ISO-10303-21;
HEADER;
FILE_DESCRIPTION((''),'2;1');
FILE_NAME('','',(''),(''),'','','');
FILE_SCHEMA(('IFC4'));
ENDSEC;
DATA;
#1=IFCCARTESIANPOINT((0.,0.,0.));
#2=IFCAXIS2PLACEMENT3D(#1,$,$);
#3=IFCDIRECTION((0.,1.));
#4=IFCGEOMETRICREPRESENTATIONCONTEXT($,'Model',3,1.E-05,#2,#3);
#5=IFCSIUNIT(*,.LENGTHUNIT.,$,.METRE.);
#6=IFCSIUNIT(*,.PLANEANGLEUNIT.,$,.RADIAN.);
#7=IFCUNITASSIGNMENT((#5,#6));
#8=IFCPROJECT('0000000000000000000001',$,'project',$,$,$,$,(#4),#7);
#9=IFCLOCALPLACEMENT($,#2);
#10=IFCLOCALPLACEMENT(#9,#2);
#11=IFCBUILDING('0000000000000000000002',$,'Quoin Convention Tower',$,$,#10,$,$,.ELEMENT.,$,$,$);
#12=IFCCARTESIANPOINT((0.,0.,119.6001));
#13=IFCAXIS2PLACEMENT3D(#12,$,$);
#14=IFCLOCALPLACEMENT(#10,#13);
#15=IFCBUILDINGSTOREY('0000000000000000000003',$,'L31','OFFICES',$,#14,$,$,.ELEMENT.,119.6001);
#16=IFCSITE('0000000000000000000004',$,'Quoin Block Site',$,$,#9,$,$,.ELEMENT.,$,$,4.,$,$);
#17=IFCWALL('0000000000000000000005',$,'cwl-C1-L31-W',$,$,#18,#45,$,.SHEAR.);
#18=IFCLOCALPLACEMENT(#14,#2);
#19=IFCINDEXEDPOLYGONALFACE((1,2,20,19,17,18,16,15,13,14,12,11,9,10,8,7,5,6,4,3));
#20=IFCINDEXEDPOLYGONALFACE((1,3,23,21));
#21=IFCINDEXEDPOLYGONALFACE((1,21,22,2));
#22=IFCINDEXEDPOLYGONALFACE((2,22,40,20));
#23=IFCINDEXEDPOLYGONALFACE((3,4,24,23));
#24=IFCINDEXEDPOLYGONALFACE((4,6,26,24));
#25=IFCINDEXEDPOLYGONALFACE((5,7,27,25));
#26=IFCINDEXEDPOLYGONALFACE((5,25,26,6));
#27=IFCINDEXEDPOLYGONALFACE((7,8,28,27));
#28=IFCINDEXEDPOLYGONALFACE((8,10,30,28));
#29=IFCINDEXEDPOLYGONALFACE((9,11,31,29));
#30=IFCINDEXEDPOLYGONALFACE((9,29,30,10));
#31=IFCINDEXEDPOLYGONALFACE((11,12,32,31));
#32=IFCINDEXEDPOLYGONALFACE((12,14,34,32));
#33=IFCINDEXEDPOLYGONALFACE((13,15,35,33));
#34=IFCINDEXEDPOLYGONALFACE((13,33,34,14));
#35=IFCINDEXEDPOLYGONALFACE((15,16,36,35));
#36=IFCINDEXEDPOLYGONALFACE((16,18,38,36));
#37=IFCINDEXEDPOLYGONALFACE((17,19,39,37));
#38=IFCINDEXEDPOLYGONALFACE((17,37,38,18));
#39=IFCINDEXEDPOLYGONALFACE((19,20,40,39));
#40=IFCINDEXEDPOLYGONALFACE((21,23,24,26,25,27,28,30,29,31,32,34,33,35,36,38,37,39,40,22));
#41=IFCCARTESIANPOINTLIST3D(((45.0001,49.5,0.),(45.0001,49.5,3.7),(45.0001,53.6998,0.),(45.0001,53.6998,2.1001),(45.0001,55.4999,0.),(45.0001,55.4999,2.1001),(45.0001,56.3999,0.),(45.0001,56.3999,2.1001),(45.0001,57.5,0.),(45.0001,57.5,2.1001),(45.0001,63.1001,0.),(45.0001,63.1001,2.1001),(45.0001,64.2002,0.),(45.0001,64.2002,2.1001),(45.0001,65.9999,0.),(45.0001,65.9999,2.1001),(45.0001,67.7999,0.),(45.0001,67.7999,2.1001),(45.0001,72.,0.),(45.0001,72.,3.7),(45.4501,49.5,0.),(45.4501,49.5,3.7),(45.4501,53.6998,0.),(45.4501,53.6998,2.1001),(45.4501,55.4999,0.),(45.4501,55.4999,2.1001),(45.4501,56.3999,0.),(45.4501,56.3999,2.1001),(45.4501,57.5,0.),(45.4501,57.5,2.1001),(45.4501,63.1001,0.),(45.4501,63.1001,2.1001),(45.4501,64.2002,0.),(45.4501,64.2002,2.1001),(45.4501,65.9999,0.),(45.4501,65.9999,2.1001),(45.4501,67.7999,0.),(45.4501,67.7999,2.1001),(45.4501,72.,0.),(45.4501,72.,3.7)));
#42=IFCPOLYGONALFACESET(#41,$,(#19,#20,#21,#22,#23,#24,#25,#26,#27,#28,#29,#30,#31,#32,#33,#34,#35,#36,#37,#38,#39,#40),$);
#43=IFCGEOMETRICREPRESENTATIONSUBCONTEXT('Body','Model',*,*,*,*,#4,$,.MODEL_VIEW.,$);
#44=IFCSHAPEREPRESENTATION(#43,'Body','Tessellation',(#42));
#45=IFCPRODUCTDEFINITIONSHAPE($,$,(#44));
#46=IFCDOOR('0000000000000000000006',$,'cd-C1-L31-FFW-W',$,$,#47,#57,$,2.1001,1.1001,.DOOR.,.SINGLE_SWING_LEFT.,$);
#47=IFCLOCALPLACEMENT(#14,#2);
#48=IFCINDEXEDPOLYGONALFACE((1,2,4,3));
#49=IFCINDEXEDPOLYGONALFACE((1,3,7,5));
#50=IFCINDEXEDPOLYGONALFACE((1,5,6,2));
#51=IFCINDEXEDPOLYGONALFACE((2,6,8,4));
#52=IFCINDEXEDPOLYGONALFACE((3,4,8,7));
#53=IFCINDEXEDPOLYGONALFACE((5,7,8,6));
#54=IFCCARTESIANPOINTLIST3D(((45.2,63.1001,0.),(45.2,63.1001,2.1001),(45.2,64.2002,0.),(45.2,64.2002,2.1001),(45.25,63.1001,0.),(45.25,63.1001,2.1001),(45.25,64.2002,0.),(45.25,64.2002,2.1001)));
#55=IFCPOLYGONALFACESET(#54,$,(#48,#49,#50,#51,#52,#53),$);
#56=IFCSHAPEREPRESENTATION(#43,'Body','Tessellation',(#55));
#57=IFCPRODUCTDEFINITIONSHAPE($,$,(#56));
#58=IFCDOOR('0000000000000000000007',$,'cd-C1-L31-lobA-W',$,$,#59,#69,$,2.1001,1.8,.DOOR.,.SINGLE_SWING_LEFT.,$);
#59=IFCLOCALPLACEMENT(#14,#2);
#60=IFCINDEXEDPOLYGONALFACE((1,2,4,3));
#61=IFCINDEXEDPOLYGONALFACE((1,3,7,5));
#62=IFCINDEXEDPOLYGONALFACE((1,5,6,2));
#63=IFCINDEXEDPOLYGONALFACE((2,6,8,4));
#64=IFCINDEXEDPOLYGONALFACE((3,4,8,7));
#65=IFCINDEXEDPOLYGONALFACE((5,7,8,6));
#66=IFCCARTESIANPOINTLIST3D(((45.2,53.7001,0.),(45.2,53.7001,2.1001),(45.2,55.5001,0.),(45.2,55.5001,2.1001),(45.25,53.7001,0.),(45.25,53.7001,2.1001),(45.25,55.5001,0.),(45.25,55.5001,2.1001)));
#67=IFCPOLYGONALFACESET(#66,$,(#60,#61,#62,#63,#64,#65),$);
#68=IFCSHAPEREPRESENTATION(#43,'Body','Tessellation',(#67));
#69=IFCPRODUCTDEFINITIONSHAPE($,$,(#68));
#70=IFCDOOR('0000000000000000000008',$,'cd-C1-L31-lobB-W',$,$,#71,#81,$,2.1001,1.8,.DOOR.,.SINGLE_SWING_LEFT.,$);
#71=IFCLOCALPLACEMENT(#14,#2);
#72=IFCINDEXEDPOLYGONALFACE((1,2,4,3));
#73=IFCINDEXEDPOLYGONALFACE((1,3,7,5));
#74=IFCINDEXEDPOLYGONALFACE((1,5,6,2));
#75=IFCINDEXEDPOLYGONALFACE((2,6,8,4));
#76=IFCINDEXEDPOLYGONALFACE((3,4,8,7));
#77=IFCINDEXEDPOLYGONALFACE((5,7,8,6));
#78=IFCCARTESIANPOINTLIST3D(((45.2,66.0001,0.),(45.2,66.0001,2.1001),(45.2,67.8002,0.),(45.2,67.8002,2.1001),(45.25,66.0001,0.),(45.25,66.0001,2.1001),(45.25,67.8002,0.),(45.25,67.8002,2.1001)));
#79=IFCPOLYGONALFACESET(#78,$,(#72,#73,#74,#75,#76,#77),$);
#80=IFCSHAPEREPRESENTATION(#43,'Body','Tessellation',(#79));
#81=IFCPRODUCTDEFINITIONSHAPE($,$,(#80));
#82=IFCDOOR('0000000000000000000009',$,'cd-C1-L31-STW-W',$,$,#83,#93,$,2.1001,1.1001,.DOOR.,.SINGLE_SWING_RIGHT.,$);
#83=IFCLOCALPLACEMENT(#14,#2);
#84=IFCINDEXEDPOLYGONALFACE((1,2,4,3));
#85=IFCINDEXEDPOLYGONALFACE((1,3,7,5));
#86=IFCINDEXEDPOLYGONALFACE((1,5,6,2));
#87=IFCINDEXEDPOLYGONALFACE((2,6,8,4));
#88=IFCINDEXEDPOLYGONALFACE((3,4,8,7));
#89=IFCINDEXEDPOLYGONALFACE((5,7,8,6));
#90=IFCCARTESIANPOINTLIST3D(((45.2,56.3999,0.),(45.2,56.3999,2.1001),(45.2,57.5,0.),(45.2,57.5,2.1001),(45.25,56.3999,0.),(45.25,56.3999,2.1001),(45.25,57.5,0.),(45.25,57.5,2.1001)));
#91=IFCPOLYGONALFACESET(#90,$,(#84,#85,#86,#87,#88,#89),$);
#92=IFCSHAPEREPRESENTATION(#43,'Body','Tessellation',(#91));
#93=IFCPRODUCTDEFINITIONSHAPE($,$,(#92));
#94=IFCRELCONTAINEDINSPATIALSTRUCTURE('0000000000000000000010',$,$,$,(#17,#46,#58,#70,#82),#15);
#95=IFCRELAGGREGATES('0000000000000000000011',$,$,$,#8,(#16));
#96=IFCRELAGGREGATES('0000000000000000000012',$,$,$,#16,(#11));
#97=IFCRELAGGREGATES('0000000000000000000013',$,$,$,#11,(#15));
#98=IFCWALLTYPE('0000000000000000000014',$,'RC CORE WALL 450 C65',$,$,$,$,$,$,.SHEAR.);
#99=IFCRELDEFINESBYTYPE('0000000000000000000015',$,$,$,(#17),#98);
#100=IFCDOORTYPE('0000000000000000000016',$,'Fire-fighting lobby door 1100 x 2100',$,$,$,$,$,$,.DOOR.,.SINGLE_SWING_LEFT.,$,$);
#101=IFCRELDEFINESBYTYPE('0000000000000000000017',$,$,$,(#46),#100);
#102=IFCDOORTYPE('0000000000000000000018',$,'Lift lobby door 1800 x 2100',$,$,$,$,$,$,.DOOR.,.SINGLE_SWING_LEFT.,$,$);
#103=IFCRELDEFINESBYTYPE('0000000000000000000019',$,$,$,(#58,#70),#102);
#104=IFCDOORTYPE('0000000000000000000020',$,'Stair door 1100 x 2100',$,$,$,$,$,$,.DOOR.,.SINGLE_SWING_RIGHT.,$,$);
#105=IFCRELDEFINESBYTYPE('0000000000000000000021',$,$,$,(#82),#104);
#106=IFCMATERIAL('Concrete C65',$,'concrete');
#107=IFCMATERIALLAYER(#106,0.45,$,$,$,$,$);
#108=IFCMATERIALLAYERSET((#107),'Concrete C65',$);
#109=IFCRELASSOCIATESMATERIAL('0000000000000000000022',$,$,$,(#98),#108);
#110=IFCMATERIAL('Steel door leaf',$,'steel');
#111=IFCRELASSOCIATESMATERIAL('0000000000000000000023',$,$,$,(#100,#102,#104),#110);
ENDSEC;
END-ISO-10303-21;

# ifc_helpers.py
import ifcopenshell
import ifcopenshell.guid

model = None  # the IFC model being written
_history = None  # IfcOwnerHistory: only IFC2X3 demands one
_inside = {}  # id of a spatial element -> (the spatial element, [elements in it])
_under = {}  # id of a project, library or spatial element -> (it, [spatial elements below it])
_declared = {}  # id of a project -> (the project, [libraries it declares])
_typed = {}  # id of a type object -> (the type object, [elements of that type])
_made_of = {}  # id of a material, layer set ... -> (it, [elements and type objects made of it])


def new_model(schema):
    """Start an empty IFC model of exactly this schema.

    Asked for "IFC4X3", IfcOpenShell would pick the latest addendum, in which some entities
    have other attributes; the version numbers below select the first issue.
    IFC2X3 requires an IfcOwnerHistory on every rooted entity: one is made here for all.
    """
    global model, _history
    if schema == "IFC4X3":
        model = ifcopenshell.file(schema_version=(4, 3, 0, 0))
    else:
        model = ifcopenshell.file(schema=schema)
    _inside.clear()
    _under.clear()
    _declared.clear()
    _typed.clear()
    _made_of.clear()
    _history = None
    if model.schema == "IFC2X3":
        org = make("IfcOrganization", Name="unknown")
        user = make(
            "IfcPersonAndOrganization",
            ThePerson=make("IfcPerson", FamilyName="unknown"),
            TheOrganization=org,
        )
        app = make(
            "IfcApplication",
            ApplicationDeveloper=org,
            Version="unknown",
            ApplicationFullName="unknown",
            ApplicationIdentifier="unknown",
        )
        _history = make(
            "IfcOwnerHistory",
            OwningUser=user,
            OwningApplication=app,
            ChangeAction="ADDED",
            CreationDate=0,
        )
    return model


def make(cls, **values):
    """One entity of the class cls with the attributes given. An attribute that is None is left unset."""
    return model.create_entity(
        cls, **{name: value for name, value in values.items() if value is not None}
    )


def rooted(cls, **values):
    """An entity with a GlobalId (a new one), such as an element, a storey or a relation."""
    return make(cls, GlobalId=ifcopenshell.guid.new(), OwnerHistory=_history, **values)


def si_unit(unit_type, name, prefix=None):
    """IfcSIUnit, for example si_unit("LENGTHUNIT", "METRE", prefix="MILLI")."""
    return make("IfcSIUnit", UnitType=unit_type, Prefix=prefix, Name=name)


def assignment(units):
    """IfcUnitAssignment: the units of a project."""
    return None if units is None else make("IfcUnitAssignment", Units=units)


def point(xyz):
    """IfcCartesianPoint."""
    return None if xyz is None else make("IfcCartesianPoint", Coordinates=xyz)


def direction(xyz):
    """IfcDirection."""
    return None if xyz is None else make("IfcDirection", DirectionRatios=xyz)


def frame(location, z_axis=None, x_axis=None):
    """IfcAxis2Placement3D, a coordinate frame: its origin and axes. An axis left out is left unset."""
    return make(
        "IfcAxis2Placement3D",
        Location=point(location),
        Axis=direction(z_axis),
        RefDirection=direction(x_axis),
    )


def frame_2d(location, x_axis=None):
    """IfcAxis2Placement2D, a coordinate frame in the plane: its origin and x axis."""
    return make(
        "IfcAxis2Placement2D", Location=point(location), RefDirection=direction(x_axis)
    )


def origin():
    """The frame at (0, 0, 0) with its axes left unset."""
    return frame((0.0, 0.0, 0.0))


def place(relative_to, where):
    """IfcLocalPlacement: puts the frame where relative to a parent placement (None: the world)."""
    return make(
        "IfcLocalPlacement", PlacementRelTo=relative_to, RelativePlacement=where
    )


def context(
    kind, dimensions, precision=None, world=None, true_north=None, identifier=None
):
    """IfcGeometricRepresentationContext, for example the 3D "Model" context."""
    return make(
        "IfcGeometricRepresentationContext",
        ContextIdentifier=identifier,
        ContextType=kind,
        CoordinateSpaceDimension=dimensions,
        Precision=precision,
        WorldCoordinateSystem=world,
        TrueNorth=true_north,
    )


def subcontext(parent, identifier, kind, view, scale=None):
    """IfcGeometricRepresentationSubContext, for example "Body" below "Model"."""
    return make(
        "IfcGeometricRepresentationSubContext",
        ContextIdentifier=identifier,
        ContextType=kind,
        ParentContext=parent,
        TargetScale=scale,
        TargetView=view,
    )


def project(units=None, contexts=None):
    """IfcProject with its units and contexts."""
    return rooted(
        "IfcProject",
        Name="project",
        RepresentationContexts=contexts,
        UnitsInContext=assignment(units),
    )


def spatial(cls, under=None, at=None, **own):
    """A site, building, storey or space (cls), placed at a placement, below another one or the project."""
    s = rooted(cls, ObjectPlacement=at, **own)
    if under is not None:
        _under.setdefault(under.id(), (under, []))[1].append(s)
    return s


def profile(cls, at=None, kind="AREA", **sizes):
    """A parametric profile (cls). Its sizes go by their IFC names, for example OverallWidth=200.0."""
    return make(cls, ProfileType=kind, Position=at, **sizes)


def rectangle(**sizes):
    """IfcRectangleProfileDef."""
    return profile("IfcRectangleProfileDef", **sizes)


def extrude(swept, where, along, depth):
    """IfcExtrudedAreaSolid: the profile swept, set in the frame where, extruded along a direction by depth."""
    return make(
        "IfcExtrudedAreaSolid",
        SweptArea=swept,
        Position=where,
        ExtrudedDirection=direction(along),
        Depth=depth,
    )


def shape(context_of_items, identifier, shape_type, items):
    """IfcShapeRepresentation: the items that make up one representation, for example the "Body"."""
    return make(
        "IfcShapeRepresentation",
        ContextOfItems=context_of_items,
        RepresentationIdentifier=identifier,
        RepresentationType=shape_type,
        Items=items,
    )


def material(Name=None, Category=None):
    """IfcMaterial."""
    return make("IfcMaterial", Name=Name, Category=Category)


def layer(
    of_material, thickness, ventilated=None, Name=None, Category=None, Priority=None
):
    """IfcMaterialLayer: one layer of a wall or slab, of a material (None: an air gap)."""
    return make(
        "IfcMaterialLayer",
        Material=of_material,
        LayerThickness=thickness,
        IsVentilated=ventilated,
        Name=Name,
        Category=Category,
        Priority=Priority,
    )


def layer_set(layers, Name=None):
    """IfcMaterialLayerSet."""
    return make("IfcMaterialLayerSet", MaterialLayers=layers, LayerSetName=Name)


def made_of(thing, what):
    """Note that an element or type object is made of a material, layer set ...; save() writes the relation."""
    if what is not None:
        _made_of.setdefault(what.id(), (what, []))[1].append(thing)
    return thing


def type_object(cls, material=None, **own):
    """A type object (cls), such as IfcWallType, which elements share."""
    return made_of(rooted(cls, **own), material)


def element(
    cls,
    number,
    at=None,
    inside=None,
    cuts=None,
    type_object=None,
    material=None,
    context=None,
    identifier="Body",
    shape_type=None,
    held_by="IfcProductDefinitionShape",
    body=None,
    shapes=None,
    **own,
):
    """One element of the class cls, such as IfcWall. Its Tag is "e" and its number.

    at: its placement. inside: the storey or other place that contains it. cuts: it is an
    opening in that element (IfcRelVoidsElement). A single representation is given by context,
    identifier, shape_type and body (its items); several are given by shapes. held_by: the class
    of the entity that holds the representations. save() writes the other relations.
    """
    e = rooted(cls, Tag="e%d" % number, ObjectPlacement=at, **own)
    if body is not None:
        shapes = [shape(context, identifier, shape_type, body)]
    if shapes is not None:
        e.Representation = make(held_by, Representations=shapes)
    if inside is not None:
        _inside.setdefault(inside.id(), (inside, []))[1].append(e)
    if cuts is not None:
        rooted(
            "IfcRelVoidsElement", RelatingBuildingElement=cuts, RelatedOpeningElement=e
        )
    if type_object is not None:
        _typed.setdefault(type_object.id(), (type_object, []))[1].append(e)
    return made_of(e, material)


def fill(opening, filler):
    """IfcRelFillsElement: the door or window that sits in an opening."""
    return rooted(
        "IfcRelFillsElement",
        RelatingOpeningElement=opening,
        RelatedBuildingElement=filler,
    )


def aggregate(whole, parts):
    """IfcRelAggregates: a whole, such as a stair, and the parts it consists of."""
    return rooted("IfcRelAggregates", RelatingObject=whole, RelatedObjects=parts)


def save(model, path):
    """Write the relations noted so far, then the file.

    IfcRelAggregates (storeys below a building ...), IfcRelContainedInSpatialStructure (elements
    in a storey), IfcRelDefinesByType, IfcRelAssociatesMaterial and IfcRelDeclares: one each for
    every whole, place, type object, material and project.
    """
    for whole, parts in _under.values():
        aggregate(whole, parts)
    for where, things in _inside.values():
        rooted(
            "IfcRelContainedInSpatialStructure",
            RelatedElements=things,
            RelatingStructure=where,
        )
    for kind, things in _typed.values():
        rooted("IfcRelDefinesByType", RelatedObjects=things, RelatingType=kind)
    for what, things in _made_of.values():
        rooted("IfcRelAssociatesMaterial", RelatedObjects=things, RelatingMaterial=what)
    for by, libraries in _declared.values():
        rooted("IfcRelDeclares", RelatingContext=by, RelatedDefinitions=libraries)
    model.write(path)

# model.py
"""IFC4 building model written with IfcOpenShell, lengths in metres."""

from ifc_helpers import new_model, si_unit, direction, frame, frame_2d, origin, place, context, subcontext, project, spatial, rectangle, extrude, material, layer, layer_set, type_object, element, fill, save


model = new_model("IFC4")

# Units and contexts
model_context = context("Model", 3, precision=1e-05, world=origin(), true_north=direction((0.0, 1.0)))
body_context = subcontext(model_context, "Body", "Model", "MODEL_VIEW")
ifc_project = project(units=[si_unit("LENGTHUNIT", "METRE"), si_unit("PLANEANGLEUNIT", "RADIAN")], contexts=[model_context])

# Site, building, storey
site_placement = place(None, origin())
site = spatial("IfcSite", under=ifc_project, at=site_placement, Name="Quoin Block Site", CompositionType="ELEMENT", RefElevation=4.0)
building_placement = place(site_placement, origin())
building = spatial("IfcBuilding", under=site, at=building_placement, Name="Quoin Convention Tower", CompositionType="ELEMENT")
storey_placement = place(building_placement, frame((0.0, 0.0, 119.6001)))
storey = spatial("IfcBuildingStorey", under=building, at=storey_placement, Name="L31", Description="OFFICES", CompositionType="ELEMENT", Elevation=119.6001)

# Shared definitions
ifc_material_1 = material(Name="Steel door leaf", Category="steel")

# Shared definitions
ifc_material_2 = material(Name="Concrete C65", Category="concrete")
ifc_layer_1 = layer(ifc_material_2, 0.45)
ifc_layer_set_1 = layer_set([ifc_layer_1], Name="Concrete C65")
wall_type_1 = type_object("IfcWallType", Name="RC CORE WALL 450 C65", PredefinedType="SHEAR", material=ifc_layer_set_1)

# Wall, openings, doors
wall_1_placement = place(storey_placement, frame((45.2251, 49.5, 0.0), z_axis=(0.0, 0.0, 1.0), x_axis=(0.0, 1.0, 0.0)))
wall_1 = element("IfcWall", 1, at=wall_1_placement, inside=storey, type_object=wall_type_1, Name="cwl-C1-L31-W", PredefinedType="SHEAR", context=body_context, shape_type="SweptSolid", body=[
    extrude(rectangle(XDim=22.5, YDim=0.45, at=frame_2d((11.25, 0.0))), origin(), (0.0, 0.0, 1.0), 3.7),
])
opening_1_placement = place(wall_1_placement, frame((4.2, 0.0, 0.0)))
opening_1 = element("IfcOpeningElement", 2, at=opening_1_placement, cuts=wall_1, PredefinedType="OPENING", context=body_context, shape_type="SweptSolid", body=[
    extrude(rectangle(XDim=1.8, YDim=2.1001, at=frame_2d((0.8999, 1.05))), frame((0.0, 0.2349, 0.0), z_axis=(0.0, -1.0, 0.0), x_axis=(1.0, 0.0, 0.0)), (0.0, 0.0, 1.0), 0.47),
])
opening_2_placement = place(wall_1_placement, frame((6.8999, 0.0, 0.0)))
opening_2 = element("IfcOpeningElement", 3, at=opening_2_placement, cuts=wall_1, PredefinedType="OPENING", context=body_context, shape_type="SweptSolid", body=[
    extrude(rectangle(XDim=1.1001, YDim=2.1001, at=frame_2d((0.55, 1.05))), frame((0.0, 0.2349, 0.0), z_axis=(0.0, -1.0, 0.0), x_axis=(1.0, 0.0, 0.0)), (0.0, 0.0, 1.0), 0.47),
])
opening_3_placement = place(wall_1_placement, frame((13.6001, 0.0, 0.0)))
opening_3 = element("IfcOpeningElement", 4, at=opening_3_placement, cuts=wall_1, PredefinedType="OPENING", context=body_context, shape_type="SweptSolid", body=[
    extrude(rectangle(XDim=1.1001, YDim=2.1001, at=frame_2d((0.55, 1.05))), frame((0.0, 0.2349, 0.0), z_axis=(0.0, -1.0, 0.0), x_axis=(1.0, 0.0, 0.0)), (0.0, 0.0, 1.0), 0.47),
])
opening_4_placement = place(wall_1_placement, frame((16.5, 0.0, 0.0)))
opening_4 = element("IfcOpeningElement", 5, at=opening_4_placement, cuts=wall_1, PredefinedType="OPENING", context=body_context, shape_type="SweptSolid", body=[
    extrude(rectangle(XDim=1.8, YDim=2.1001, at=frame_2d((0.8999, 1.05))), frame((0.0, 0.2349, 0.0), z_axis=(0.0, -1.0, 0.0), x_axis=(1.0, 0.0, 0.0)), (0.0, 0.0, 1.0), 0.47),
])
door_type_1 = type_object("IfcDoorType", Name="Fire-fighting lobby door 1100 x 2100", OperationType="SINGLE_SWING_LEFT", PredefinedType="DOOR", material=ifc_material_1)
door_1_placement = place(opening_3_placement, frame((1.1001, 0.0, 0.0), z_axis=(0.0, 0.0, 1.0), x_axis=(-1.0, 0.0, 0.0)))
door_1 = element("IfcDoor", 6, at=door_1_placement, inside=storey, type_object=door_type_1, Name="cd-C1-L31-FFW-W", OperationType="SINGLE_SWING_LEFT", OverallHeight=2.1001, OverallWidth=1.1001, PredefinedType="DOOR", context=body_context, shape_type="SweptSolid", body=[
    extrude(rectangle(XDim=1.1001, YDim=2.1001, at=frame_2d((0.55, 1.05))), frame((0.0, 0.0249, 0.0), z_axis=(0.0, -1.0, 0.0), x_axis=(1.0, 0.0, 0.0)), (0.0, 0.0, 1.0), 0.05),
])
fill(opening_3, door_1)
door_type_2 = type_object("IfcDoorType", Name="Lift lobby door 1800 x 2100", OperationType="SINGLE_SWING_LEFT", PredefinedType="DOOR", material=ifc_material_1)
door_2_placement = place(opening_1_placement, frame((1.8, 0.0, 0.0), z_axis=(0.0, 0.0, 1.0), x_axis=(-1.0, 0.0, 0.0)))
door_2 = element("IfcDoor", 7, at=door_2_placement, inside=storey, type_object=door_type_2, Name="cd-C1-L31-lobA-W", OperationType="SINGLE_SWING_LEFT", OverallHeight=2.1001, OverallWidth=1.8, PredefinedType="DOOR", context=body_context, shape_type="SweptSolid", body=[
    extrude(rectangle(XDim=1.8, YDim=2.1001, at=frame_2d((0.8999, 1.05))), frame((0.0, 0.0249, 0.0), z_axis=(0.0, -1.0, 0.0), x_axis=(1.0, 0.0, 0.0)), (0.0, 0.0, 1.0), 0.05),
])
fill(opening_1, door_2)
door_3_placement = place(opening_4_placement, frame((1.8, 0.0, 0.0), z_axis=(0.0, 0.0, 1.0), x_axis=(-1.0, 0.0, 0.0)))
door_3 = element("IfcDoor", 8, at=door_3_placement, inside=storey, type_object=door_type_2, Name="cd-C1-L31-lobB-W", OperationType="SINGLE_SWING_LEFT", OverallHeight=2.1001, OverallWidth=1.8, PredefinedType="DOOR", context=body_context, shape_type="SweptSolid", body=[
    extrude(rectangle(XDim=1.8, YDim=2.1001, at=frame_2d((0.8999, 1.05))), frame((0.0, 0.0249, 0.0), z_axis=(0.0, -1.0, 0.0), x_axis=(1.0, 0.0, 0.0)), (0.0, 0.0, 1.0), 0.05),
])
fill(opening_4, door_3)
door_type_3 = type_object("IfcDoorType", Name="Stair door 1100 x 2100", OperationType="SINGLE_SWING_RIGHT", PredefinedType="DOOR", material=ifc_material_1)
door_4_placement = place(opening_2_placement, frame((1.1001, 0.0, 0.0), z_axis=(0.0, 0.0, 1.0), x_axis=(-1.0, 0.0, 0.0)))
door_4 = element("IfcDoor", 9, at=door_4_placement, inside=storey, type_object=door_type_3, Name="cd-C1-L31-STW-W", OperationType="SINGLE_SWING_RIGHT", OverallHeight=2.1001, OverallWidth=1.1001, PredefinedType="DOOR", context=body_context, shape_type="SweptSolid", body=[
    extrude(rectangle(XDim=1.1001, YDim=2.1001, at=frame_2d((0.55, 1.05))), frame((0.0, 0.0249, 0.0), z_axis=(0.0, -1.0, 0.0), x_axis=(1.0, 0.0, 0.0)), (0.0, 0.0, 1.0), 0.05),
])
fill(opening_2, door_4)

save(model, "model.ifc")
